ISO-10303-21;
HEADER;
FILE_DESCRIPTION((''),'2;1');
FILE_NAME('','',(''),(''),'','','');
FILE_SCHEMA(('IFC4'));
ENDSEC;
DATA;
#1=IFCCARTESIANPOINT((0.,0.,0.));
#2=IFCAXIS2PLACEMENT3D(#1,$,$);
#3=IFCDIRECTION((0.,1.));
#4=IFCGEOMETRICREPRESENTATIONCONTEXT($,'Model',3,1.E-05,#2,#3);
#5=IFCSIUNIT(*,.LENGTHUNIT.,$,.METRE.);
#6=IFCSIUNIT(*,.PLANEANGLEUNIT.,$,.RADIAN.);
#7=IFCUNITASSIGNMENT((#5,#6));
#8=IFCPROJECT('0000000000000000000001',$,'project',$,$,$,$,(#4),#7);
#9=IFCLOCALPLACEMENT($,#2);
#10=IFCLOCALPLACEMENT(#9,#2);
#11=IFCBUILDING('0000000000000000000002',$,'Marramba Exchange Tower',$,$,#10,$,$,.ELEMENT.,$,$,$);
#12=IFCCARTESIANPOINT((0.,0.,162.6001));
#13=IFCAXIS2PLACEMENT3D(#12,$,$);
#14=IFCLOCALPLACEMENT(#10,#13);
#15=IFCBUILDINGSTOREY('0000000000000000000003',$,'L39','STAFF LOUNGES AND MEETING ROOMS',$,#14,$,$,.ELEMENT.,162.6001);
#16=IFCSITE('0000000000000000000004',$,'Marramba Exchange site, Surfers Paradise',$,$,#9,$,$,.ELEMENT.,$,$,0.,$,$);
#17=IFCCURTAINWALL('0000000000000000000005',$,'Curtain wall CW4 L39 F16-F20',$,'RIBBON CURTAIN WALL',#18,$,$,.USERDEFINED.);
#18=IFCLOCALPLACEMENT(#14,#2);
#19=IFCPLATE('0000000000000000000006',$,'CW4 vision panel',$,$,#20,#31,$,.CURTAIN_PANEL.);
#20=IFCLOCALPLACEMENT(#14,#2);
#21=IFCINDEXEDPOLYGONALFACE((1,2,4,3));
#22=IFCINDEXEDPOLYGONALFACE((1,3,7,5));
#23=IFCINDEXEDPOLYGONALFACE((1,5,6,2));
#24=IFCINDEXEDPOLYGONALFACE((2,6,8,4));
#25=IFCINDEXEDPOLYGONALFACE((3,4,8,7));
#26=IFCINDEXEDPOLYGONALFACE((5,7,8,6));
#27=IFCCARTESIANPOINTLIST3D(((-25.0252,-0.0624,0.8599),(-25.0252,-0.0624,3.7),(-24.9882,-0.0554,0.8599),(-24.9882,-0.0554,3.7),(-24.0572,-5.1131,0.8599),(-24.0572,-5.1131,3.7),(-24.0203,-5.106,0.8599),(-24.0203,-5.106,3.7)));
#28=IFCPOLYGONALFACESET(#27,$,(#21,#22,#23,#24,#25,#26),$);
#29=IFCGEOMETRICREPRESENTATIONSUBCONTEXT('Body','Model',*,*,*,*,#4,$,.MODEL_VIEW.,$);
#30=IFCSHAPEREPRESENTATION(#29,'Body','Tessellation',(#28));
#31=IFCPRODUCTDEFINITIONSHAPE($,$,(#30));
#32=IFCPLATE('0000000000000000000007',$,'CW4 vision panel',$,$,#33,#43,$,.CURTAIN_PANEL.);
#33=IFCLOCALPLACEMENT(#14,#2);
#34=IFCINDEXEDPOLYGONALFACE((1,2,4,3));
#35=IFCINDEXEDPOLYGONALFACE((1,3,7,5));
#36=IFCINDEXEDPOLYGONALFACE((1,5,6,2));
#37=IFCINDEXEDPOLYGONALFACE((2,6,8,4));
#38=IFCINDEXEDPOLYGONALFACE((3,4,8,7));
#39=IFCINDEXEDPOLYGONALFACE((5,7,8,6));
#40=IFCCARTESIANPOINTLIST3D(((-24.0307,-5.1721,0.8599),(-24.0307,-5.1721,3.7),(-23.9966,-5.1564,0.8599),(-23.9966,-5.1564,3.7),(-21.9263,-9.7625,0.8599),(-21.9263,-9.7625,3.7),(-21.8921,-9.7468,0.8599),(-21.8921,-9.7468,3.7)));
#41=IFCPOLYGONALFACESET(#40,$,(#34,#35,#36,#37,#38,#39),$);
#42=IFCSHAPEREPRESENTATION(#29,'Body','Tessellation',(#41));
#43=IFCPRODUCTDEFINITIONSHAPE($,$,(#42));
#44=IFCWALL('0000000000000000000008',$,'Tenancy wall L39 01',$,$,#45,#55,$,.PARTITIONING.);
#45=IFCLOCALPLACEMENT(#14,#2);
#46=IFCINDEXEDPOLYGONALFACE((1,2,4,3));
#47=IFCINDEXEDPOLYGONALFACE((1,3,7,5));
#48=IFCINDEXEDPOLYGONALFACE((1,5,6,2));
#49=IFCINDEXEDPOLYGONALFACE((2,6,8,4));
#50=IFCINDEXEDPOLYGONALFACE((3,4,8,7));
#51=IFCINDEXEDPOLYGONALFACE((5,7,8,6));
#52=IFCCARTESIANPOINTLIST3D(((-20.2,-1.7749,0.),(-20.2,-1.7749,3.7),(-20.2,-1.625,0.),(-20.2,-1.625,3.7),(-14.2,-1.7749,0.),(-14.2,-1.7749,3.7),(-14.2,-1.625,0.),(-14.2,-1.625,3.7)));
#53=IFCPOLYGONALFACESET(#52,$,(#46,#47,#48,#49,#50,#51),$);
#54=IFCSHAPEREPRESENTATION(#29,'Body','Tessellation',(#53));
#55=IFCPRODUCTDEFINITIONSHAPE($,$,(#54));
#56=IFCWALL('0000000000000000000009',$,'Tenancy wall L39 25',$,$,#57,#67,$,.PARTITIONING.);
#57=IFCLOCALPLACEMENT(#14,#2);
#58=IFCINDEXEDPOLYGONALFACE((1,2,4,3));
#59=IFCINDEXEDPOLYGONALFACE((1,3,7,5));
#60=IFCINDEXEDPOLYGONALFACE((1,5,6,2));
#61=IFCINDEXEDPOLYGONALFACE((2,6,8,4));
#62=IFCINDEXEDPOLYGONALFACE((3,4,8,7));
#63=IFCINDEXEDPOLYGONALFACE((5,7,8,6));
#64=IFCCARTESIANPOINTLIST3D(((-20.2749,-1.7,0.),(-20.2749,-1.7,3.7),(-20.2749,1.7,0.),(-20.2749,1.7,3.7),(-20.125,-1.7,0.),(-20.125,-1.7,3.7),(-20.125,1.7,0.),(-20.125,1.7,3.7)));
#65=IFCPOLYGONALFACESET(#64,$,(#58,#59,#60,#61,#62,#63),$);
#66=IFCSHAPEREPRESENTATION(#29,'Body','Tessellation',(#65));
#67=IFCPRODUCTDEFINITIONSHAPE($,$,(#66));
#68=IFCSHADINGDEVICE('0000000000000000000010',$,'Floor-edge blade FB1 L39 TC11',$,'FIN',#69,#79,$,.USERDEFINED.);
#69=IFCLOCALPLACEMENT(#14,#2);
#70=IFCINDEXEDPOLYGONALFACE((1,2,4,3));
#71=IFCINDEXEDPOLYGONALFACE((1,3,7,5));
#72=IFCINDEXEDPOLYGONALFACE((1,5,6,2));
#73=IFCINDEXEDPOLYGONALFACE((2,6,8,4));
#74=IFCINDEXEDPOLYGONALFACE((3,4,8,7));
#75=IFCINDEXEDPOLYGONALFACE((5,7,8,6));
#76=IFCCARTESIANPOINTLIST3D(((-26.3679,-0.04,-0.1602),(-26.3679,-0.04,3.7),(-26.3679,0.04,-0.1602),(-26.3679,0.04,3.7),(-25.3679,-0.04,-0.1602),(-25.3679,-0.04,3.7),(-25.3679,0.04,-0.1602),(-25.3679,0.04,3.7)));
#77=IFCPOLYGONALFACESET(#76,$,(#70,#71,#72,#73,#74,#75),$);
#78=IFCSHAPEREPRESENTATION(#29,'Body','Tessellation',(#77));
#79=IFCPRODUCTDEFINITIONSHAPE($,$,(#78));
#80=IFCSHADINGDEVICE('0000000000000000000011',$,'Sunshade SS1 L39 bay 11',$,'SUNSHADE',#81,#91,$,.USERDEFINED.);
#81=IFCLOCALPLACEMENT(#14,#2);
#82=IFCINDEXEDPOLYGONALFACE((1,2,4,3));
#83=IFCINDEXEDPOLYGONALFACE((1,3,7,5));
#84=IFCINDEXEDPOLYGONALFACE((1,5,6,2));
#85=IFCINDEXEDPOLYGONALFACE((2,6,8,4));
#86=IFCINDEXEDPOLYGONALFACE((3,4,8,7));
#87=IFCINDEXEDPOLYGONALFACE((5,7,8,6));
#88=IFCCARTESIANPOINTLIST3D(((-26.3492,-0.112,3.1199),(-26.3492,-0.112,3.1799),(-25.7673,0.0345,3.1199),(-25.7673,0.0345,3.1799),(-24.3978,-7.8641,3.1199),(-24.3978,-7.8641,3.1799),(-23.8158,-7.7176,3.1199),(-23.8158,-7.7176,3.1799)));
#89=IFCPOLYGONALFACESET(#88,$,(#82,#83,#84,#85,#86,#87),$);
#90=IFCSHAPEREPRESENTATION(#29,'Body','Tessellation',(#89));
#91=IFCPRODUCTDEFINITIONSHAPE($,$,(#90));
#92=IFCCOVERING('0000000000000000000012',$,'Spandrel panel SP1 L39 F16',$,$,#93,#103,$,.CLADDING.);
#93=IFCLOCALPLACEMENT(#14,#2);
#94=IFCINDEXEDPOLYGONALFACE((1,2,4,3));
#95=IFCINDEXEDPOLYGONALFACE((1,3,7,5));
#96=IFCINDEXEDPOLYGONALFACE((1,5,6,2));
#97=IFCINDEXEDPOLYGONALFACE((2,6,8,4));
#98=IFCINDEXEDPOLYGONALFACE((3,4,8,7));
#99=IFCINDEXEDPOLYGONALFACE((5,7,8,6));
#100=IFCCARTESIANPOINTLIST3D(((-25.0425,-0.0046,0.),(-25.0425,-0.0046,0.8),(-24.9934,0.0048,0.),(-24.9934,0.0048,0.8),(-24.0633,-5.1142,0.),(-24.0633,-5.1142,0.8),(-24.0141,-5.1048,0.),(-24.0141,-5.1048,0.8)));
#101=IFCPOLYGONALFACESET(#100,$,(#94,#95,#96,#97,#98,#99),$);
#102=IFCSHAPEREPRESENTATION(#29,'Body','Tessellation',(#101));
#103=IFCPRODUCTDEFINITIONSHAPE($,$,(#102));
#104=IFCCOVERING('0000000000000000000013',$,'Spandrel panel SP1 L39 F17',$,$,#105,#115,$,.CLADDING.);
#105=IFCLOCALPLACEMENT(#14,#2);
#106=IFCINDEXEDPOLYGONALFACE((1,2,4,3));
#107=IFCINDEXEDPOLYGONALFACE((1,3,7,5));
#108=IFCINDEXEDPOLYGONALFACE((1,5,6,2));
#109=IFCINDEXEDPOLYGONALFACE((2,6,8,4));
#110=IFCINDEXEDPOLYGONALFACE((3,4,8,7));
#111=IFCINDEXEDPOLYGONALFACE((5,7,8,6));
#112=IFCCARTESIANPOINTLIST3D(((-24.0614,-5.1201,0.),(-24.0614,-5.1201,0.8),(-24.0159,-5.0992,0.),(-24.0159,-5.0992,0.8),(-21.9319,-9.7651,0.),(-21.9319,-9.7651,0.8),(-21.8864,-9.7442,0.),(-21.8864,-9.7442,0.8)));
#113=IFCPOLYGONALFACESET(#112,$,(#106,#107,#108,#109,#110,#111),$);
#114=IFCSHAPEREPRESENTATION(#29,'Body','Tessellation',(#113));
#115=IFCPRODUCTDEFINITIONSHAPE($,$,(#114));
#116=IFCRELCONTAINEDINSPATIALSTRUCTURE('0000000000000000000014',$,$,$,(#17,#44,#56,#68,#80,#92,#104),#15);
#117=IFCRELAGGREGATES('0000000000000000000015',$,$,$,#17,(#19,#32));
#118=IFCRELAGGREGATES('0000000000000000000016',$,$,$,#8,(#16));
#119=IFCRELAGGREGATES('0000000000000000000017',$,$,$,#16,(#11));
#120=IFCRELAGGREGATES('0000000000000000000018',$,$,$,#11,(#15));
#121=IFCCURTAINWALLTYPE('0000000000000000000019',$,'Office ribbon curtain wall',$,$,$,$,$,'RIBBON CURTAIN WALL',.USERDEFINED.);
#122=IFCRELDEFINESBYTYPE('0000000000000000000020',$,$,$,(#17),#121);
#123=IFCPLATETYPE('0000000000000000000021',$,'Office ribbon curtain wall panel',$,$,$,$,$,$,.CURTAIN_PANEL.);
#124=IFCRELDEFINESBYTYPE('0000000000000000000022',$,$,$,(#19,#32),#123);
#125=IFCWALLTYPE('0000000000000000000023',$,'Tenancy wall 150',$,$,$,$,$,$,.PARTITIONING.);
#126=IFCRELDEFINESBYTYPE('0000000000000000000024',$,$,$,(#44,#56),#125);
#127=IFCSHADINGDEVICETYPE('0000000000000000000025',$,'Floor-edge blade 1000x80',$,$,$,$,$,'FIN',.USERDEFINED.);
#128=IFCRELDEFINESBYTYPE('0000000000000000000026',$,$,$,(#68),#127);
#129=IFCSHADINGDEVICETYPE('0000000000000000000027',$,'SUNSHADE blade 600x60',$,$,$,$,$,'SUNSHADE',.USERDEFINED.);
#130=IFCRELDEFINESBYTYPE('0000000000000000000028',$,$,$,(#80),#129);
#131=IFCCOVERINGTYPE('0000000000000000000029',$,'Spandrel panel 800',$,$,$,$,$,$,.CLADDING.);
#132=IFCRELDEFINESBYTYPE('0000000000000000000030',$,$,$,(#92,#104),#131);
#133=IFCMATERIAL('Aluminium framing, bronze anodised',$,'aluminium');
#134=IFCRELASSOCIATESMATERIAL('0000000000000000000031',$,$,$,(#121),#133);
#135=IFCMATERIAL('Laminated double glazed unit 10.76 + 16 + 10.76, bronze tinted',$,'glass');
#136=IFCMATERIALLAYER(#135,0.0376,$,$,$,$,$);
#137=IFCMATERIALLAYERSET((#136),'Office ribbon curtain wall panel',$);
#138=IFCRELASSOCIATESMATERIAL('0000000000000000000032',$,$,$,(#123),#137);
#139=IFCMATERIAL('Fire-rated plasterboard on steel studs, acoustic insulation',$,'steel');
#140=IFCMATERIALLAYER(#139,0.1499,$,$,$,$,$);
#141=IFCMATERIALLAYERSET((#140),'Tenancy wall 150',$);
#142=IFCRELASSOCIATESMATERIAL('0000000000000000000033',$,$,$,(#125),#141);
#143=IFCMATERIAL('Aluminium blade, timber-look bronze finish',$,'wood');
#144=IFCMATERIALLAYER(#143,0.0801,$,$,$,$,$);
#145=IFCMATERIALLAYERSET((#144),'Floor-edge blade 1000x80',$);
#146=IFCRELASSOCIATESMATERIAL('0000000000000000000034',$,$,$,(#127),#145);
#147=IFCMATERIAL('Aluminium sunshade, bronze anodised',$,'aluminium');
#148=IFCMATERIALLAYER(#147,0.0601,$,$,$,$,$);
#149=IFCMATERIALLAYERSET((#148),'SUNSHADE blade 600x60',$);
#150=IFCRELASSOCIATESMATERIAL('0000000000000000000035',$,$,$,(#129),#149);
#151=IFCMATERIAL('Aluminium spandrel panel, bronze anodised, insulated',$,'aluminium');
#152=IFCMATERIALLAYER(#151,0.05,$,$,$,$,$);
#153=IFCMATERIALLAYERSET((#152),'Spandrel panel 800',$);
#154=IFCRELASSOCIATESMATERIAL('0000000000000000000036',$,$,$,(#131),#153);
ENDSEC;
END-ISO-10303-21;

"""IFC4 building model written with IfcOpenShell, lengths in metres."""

from ifc_helpers import new_model, si_unit, direction, frame, frame_2d, origin, origin_2d, place, context, subcontext, project, spatial, rectangle, extrude, material, layer, layer_set, type_object, element, aggregate, save


model = new_model("IFC4")

# Units and contexts
model_context = context("Model", 3, precision=1e-05, world=origin(), true_north=direction((0.0, 1.0)))
body_context = subcontext(model_context, "Body", "Model", "MODEL_VIEW")
ifc_project = project(units=[si_unit("LENGTHUNIT", "METRE"), si_unit("PLANEANGLEUNIT", "RADIAN")], contexts=[model_context])

# Site, building, storey
site_placement = place(None, origin())
site = spatial("IfcSite", under=ifc_project, at=site_placement, Name="Marramba Exchange site, Surfers Paradise", CompositionType="ELEMENT", RefElevation=0.0)
building_placement = place(site_placement, origin())
building = spatial("IfcBuilding", under=site, at=building_placement, Name="Marramba Exchange Tower", CompositionType="ELEMENT")
storey_placement = place(building_placement, frame((0.0, 0.0, 162.6001)))
storey = spatial("IfcBuildingStorey", under=building, at=storey_placement, Name="L39", Description="STAFF LOUNGES AND MEETING ROOMS", CompositionType="ELEMENT", Elevation=162.6001)

# Curtain wall
ifc_material_1 = material(Name="Aluminium framing, bronze anodised", Category="aluminium")
curtain_wall_type = type_object("IfcCurtainWallType", Name="Office ribbon curtain wall", ElementType="RIBBON CURTAIN WALL", PredefinedType="USERDEFINED", material=ifc_material_1)
curtain_wall_placement = place(storey_placement, origin())
curtain_wall = element("IfcCurtainWall", 1, at=curtain_wall_placement, inside=storey, type_object=curtain_wall_type, Name="Curtain wall CW4 L39 F16-F20", ObjectType="RIBBON CURTAIN WALL", PredefinedType="USERDEFINED")

# Plates
ifc_material_2 = material(Name="Laminated double glazed unit 10.76 + 16 + 10.76, bronze tinted", Category="glass")
ifc_layer_1 = layer(ifc_material_2, 0.0376)
ifc_layer_set_1 = layer_set([ifc_layer_1], Name="Office ribbon curtain wall panel")
plate_type = type_object("IfcPlateType", Name="Office ribbon curtain wall panel", PredefinedType="CURTAIN_PANEL", material=ifc_layer_set_1)
plate_1_placement = place(storey_placement, frame((-24.5227, -2.5842, 0.8599), z_axis=(0.0, 0.0, 1.0), x_axis=(0.188227, -0.982126, 0.0)))
plate_1 = element("IfcPlate", 2, at=plate_1_placement, type_object=plate_type, Name="CW4 vision panel", PredefinedType="CURTAIN_PANEL", context=body_context, shape_type="SweptSolid", body=[
    extrude(rectangle(XDim=5.1426, YDim=0.0376, at=origin_2d()), origin(), (0.0, 0.0, 1.0), 2.8401),
])
plate_2_placement = place(storey_placement, frame((-22.9614, -7.4595, 0.8599), z_axis=(0.0, 0.0, 1.0), x_axis=(0.416738, -0.909027, 0.0)))
plate_2 = element("IfcPlate", 3, at=plate_2_placement, type_object=plate_type, Name="CW4 vision panel", PredefinedType="CURTAIN_PANEL", context=body_context, shape_type="SweptSolid", body=[
    extrude(rectangle(XDim=5.0498, YDim=0.0376, at=origin_2d()), origin(), (0.0, 0.0, 1.0), 2.8401),
])
aggregate(curtain_wall, [plate_1, plate_2])

# Walls
ifc_material_3 = material(Name="Fire-rated plasterboard on steel studs, acoustic insulation", Category="steel")
ifc_layer_2 = layer(ifc_material_3, 0.1499)
ifc_layer_set_2 = layer_set([ifc_layer_2], Name="Tenancy wall 150")
wall_type = type_object("IfcWallType", Name="Tenancy wall 150", PredefinedType="PARTITIONING", material=ifc_layer_set_2)
wall_1_placement = place(storey_placement, frame((-20.2, -1.7, 0.0), z_axis=(0.0, 0.0, 1.0), x_axis=(1.0, 0.0, 0.0)))
element("IfcWall", 4, at=wall_1_placement, inside=storey, type_object=wall_type, Name="Tenancy wall L39 01", PredefinedType="PARTITIONING", context=body_context, shape_type="SweptSolid", body=[
    extrude(rectangle(XDim=6.0, YDim=0.1499, at=frame_2d((3.0, 0.0))), origin(), (0.0, 0.0, 1.0), 3.7),
])
wall_2_placement = place(storey_placement, frame((-20.2, 1.7, 0.0), z_axis=(0.0, 0.0, 1.0), x_axis=(0.0, -1.0, 0.0)))
element("IfcWall", 5, at=wall_2_placement, inside=storey, type_object=wall_type, Name="Tenancy wall L39 25", PredefinedType="PARTITIONING", context=body_context, shape_type="SweptSolid", body=[
    extrude(rectangle(XDim=3.3999, YDim=0.1499, at=frame_2d((1.7, 0.0))), origin(), (0.0, 0.0, 1.0), 3.7),
])

# Shading devices
ifc_material_4 = material(Name="Aluminium blade, timber-look bronze finish", Category="wood")
ifc_layer_3 = layer(ifc_material_4, 0.0801)
ifc_layer_set_3 = layer_set([ifc_layer_3], Name="Floor-edge blade 1000x80")
shading_device_type_1 = type_object("IfcShadingDeviceType", Name="Floor-edge blade 1000x80", ElementType="FIN", PredefinedType="USERDEFINED", material=ifc_layer_set_3)
shading_device_1_placement = place(storey_placement, frame((-25.8679, 0.0, -0.1602), z_axis=(0.0, 0.0, 1.0), x_axis=(-1.0, 0.0, 0.0)))
element("IfcShadingDevice", 6, at=shading_device_1_placement, inside=storey, type_object=shading_device_type_1, Name="Floor-edge blade FB1 L39 TC11", ObjectType="FIN", PredefinedType="USERDEFINED", context=body_context, shape_type="SweptSolid", body=[
    extrude(rectangle(XDim=1.0, YDim=0.0801, at=origin_2d()), origin(), (0.0, 0.0, 1.0), 3.8601),
])
ifc_material_5 = material(Name="Aluminium sunshade, bronze anodised", Category="aluminium")
ifc_layer_4 = layer(ifc_material_5, 0.0601)
ifc_layer_set_4 = layer_set([ifc_layer_4], Name="SUNSHADE blade 600x60")
shading_device_type_2 = type_object("IfcShadingDeviceType", Name="SUNSHADE blade 600x60", ElementType="SUNSHADE", PredefinedType="USERDEFINED", material=ifc_layer_set_4)
shading_device_2_placement = place(storey_placement, frame((-25.0825, -3.9148, 3.1199), z_axis=(0.0, 0.0, 1.0), x_axis=(0.244117, -0.969746, 0.0)))
element("IfcShadingDevice", 7, at=shading_device_2_placement, inside=storey, type_object=shading_device_type_2, Name="Sunshade SS1 L39 bay 11", ObjectType="SUNSHADE", PredefinedType="USERDEFINED", context=body_context, shape_type="SweptSolid", body=[
    extrude(rectangle(XDim=7.9939, YDim=0.6001, at=origin_2d()), origin(), (0.0, 0.0, 1.0), 0.0601),
])

# Coverings
ifc_material_6 = material(Name="Aluminium spandrel panel, bronze anodised, insulated", Category="aluminium")
ifc_layer_5 = layer(ifc_material_6, 0.05)
ifc_layer_set_5 = layer_set([ifc_layer_5], Name="Spandrel panel 800")
covering_type = type_object("IfcCoveringType", Name="Spandrel panel 800", PredefinedType="CLADDING", material=ifc_layer_set_5)
covering_1_placement = place(storey_placement, frame((-24.5283, -2.5547, 0.0), z_axis=(0.0, 0.0, 1.0), x_axis=(0.188227, -0.982126, 0.0)))
element("IfcCovering", 8, at=covering_1_placement, inside=storey, type_object=covering_type, Name="Spandrel panel SP1 L39 F16", PredefinedType="CLADDING", context=body_context, shape_type="SweptSolid", body=[
    extrude(rectangle(XDim=5.2026, YDim=0.05, at=origin_2d()), origin(), (0.0, 0.0, 1.0), 0.8),
])
covering_2_placement = place(storey_placement, frame((-22.9739, -7.4321, 0.0), z_axis=(0.0, 0.0, 1.0), x_axis=(0.416738, -0.909027, 0.0)))
element("IfcCovering", 9, at=covering_2_placement, inside=storey, type_object=covering_type, Name="Spandrel panel SP1 L39 F17", PredefinedType="CLADDING", context=body_context, shape_type="SweptSolid", body=[
    extrude(rectangle(XDim=5.1099, YDim=0.05, at=origin_2d()), origin(), (0.0, 0.0, 1.0), 0.8),
])

save(model, "model.ifc")
